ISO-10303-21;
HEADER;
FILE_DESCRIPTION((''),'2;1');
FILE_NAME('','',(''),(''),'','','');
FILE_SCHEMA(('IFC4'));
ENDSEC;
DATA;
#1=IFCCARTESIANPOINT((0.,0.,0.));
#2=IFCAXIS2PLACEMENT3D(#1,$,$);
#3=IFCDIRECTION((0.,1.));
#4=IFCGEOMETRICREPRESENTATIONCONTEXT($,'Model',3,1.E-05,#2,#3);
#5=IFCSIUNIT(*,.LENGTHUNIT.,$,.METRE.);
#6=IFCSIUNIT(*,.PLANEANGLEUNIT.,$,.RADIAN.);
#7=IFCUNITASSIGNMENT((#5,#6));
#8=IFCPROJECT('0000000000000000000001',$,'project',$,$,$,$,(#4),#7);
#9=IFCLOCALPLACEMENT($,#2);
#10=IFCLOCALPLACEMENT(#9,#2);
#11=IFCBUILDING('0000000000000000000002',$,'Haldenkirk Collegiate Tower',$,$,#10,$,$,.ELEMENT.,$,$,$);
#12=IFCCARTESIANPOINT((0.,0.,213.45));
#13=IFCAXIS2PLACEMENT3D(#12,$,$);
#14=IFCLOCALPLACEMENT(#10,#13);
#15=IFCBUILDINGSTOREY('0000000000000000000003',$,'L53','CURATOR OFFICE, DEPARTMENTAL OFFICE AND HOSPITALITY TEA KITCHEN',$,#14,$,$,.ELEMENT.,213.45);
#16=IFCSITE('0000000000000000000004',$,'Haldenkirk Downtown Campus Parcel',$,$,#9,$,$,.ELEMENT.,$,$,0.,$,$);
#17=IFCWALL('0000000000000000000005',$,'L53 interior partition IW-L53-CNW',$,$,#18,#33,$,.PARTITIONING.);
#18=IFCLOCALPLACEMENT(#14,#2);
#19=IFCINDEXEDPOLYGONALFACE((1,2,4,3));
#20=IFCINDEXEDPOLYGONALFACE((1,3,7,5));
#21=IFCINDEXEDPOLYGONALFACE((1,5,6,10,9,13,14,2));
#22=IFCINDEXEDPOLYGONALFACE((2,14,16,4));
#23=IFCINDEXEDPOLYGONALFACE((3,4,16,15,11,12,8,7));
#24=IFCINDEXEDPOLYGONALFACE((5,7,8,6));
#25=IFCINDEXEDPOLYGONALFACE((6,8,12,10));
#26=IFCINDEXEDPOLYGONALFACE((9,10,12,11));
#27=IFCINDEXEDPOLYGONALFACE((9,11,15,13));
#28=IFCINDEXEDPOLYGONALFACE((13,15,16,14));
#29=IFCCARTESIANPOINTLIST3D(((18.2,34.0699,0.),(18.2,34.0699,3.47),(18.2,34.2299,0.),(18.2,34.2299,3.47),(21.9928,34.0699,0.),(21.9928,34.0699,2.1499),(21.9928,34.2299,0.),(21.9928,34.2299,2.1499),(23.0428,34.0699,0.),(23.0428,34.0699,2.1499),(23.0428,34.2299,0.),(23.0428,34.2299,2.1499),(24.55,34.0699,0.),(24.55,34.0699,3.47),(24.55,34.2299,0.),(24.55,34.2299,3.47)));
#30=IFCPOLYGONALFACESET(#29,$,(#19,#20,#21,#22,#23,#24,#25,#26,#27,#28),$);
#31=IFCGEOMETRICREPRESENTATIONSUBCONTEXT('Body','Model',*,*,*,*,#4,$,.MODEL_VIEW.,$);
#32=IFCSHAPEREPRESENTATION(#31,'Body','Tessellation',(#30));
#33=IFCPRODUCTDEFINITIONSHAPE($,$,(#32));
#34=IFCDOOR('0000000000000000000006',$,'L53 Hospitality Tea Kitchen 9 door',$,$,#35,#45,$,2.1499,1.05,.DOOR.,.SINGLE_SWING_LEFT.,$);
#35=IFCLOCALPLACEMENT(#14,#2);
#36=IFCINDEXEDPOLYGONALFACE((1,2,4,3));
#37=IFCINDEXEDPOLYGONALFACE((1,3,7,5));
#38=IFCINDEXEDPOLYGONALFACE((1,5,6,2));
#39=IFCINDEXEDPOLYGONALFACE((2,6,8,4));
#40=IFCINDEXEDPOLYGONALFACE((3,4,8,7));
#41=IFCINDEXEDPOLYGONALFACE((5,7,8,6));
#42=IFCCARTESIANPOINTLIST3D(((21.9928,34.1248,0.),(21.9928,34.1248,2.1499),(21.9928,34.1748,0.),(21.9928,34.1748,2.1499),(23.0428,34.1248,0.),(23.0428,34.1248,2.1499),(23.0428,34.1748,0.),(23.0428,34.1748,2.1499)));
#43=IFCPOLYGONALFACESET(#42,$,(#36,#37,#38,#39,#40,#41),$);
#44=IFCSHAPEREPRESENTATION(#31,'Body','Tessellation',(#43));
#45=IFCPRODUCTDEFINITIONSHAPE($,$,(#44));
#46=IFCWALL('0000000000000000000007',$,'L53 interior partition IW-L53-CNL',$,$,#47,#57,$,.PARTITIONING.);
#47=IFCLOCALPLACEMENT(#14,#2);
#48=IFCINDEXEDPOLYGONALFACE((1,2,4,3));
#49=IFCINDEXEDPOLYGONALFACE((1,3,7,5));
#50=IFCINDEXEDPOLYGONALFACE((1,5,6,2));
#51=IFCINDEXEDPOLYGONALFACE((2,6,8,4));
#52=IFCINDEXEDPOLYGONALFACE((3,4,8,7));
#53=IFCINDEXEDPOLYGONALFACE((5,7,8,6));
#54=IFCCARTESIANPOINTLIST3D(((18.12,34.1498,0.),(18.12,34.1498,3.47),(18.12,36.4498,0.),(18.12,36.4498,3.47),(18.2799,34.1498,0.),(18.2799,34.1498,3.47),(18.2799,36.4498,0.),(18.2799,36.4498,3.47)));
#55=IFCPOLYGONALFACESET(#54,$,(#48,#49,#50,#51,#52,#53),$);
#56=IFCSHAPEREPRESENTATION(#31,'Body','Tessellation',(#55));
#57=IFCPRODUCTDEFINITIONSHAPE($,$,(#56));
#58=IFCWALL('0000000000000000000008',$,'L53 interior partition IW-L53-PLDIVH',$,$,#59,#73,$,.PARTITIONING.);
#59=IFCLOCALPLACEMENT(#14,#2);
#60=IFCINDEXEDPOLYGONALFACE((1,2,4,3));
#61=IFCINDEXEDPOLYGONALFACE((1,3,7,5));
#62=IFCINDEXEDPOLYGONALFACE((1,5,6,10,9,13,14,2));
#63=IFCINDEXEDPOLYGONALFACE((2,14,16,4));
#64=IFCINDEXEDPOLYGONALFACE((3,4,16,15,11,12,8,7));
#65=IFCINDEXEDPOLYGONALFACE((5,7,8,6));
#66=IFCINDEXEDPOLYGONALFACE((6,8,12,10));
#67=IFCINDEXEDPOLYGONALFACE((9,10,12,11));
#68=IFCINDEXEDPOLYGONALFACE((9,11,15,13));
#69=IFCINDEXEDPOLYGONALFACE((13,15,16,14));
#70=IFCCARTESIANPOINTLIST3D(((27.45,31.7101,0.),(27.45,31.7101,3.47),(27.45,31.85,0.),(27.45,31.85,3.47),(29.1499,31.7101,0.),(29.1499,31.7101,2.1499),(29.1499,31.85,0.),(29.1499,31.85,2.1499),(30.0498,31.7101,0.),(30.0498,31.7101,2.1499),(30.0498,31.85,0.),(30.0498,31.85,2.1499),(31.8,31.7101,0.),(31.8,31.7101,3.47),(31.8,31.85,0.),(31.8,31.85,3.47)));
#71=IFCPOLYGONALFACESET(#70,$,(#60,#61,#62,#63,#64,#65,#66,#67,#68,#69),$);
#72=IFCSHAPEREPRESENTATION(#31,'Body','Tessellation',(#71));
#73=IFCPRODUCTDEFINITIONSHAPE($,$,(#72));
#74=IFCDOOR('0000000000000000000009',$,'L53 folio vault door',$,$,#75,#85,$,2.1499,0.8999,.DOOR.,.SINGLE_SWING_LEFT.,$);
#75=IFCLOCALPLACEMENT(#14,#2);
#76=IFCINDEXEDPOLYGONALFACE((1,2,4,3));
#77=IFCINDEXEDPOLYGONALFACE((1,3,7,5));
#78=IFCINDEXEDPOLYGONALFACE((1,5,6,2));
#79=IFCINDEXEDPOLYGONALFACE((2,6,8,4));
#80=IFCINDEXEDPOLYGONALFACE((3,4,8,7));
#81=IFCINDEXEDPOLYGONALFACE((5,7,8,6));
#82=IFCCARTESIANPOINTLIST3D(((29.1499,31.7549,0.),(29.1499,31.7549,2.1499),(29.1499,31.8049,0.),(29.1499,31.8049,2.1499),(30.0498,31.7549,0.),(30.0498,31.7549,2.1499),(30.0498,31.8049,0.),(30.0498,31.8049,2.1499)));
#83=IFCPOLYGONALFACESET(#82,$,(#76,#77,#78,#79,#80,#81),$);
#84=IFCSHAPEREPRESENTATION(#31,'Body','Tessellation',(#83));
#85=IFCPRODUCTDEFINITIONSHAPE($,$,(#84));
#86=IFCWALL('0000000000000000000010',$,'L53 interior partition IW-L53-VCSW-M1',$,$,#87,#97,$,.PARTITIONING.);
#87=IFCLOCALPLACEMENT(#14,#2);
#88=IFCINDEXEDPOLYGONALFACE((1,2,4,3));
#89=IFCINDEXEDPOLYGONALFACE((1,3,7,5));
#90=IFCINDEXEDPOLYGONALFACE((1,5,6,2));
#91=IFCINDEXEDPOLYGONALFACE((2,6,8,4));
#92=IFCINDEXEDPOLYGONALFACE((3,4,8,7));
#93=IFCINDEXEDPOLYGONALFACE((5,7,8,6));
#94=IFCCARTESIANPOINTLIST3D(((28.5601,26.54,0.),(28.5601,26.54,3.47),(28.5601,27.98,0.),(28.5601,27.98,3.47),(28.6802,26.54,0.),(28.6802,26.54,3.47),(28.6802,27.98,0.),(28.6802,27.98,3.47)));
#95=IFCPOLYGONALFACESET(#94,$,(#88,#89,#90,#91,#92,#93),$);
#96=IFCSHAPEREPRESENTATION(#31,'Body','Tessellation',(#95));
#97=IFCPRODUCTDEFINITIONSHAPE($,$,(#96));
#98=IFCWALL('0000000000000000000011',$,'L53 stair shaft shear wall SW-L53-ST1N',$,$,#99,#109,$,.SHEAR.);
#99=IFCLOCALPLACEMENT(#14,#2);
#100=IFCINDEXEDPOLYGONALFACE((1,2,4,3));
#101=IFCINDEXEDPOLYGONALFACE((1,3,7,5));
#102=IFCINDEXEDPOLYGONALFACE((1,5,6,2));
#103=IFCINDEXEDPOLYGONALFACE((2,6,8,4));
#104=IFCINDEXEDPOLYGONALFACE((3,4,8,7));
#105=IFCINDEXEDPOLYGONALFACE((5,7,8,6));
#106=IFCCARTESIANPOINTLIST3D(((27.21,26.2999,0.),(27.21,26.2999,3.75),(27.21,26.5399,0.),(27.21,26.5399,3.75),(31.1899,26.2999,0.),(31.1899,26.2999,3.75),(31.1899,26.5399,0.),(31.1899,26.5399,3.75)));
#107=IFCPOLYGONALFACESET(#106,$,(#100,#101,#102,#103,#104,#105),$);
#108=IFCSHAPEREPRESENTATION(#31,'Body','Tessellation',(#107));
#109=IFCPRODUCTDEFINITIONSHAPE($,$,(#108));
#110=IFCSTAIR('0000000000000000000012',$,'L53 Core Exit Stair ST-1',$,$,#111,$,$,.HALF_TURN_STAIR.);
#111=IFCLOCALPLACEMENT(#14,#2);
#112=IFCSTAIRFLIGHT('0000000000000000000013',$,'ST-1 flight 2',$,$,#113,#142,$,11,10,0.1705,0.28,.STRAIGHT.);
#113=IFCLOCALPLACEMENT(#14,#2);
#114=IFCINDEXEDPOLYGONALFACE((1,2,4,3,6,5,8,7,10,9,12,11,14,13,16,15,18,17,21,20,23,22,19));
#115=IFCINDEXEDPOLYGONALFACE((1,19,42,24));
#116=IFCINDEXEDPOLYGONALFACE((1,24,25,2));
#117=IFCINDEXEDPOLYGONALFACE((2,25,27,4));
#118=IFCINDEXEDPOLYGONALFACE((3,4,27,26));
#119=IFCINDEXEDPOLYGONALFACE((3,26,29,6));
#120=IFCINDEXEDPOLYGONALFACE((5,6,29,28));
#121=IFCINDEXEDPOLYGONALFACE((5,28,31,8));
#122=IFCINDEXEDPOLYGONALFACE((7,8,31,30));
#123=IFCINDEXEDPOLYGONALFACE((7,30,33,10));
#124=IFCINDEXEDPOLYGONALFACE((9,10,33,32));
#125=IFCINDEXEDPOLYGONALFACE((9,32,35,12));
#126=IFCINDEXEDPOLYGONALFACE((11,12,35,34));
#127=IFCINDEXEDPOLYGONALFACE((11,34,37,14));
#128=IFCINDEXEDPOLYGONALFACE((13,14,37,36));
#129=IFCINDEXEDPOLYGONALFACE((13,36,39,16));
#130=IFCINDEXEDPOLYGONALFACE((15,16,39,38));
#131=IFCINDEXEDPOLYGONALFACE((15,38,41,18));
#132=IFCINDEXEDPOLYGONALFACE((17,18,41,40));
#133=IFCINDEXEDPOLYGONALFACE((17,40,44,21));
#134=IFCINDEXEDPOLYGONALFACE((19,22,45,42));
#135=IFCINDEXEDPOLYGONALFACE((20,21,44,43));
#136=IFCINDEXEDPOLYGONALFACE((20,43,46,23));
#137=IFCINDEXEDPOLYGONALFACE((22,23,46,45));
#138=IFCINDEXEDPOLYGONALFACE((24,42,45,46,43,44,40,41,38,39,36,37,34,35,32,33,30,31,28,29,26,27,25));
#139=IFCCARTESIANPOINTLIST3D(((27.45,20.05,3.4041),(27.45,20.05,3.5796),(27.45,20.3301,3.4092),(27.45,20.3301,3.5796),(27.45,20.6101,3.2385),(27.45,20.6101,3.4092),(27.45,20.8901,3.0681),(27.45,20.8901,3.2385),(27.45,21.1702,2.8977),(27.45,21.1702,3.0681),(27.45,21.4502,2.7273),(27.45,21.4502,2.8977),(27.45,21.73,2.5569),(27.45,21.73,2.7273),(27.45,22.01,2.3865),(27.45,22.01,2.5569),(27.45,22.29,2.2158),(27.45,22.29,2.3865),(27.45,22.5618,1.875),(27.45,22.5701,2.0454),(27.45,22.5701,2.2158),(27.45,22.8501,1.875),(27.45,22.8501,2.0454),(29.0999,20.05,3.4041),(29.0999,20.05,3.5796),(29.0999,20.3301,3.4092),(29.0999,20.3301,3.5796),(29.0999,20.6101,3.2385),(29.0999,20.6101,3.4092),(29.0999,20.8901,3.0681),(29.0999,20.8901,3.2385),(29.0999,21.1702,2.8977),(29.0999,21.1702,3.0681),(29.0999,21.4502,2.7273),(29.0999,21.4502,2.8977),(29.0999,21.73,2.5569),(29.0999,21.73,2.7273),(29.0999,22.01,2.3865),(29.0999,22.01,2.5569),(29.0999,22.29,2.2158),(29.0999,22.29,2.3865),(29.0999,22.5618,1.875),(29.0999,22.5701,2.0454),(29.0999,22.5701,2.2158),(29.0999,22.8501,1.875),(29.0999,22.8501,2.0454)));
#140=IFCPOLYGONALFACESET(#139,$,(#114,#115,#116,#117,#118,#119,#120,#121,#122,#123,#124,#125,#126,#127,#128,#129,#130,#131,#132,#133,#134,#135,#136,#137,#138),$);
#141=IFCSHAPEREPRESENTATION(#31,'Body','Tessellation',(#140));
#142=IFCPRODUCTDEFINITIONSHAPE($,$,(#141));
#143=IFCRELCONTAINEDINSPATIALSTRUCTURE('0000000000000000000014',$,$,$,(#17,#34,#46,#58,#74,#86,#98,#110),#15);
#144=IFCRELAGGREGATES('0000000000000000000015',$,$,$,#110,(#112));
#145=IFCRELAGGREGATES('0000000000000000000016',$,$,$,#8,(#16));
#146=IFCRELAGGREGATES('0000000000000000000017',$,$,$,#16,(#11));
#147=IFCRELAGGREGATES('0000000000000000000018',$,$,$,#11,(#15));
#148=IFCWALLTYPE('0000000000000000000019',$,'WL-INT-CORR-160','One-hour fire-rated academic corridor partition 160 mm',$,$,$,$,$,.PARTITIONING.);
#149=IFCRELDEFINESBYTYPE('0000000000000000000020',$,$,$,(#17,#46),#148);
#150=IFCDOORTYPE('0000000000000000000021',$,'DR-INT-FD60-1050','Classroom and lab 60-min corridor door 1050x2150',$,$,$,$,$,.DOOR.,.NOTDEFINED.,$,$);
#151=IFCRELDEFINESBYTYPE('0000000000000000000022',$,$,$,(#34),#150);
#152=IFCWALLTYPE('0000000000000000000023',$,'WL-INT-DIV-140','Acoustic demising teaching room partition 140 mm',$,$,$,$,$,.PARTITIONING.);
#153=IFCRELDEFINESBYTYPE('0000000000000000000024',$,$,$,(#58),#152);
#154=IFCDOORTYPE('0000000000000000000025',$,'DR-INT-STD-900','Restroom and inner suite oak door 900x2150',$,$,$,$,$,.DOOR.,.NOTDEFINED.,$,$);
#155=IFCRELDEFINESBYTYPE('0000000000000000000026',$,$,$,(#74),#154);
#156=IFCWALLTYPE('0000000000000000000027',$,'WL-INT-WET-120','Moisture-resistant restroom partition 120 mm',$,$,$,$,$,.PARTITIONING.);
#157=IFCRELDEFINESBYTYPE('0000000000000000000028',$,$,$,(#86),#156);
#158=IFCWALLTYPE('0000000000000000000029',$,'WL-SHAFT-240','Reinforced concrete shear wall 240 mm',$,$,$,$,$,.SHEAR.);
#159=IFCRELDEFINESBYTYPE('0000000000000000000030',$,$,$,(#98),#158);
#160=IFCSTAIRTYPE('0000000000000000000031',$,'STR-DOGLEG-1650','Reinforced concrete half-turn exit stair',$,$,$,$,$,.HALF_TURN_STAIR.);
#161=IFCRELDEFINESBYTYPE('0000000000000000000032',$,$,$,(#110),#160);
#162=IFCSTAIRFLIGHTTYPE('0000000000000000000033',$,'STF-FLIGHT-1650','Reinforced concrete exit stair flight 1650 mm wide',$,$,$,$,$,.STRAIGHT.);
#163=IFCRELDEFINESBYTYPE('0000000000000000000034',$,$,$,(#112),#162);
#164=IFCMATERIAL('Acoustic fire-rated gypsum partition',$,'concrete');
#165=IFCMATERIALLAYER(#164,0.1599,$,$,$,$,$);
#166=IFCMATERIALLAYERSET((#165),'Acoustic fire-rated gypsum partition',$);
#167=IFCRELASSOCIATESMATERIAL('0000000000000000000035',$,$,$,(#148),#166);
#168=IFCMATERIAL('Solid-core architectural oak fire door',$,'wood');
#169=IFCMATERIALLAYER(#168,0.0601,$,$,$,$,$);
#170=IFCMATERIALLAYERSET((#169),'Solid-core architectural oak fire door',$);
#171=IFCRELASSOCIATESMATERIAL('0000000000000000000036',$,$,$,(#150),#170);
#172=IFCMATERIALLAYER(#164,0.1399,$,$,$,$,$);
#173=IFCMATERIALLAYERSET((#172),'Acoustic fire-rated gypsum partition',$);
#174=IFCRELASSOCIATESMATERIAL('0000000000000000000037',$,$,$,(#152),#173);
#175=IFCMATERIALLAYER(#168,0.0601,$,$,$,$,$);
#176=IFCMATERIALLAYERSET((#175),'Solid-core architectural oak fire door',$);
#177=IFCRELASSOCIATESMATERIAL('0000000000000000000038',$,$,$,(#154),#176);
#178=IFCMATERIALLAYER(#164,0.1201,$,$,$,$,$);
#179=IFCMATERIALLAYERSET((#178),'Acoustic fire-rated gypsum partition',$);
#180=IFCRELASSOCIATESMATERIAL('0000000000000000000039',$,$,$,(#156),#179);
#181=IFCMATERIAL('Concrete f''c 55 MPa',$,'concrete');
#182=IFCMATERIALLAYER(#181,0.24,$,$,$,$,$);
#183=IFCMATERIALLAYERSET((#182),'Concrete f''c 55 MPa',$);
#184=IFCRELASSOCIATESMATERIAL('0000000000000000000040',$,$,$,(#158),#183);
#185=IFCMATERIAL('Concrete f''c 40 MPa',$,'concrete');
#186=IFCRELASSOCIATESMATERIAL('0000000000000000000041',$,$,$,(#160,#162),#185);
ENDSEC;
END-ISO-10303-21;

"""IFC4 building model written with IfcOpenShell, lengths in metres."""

from ifc_helpers import new_model, si_unit, direction, frame, frame_2d, origin, place, context, subcontext, project, spatial, polyline, rectangle, outline, extrude, material, layer, layer_set, type_object, element, fill, aggregate, save


model = new_model("IFC4")

# Units and contexts
model_context = context("Model", 3, precision=1e-05, world=origin(), true_north=direction((0.0, 1.0)))
body_context = subcontext(model_context, "Body", "Model", "MODEL_VIEW")
ifc_project = project(units=[si_unit("LENGTHUNIT", "METRE"), si_unit("PLANEANGLEUNIT", "RADIAN")], contexts=[model_context])

# Site, building, storey
site_placement = place(None, origin())
site = spatial("IfcSite", under=ifc_project, at=site_placement, Name="Haldenkirk Downtown Campus Parcel", CompositionType="ELEMENT", RefElevation=0.0)
building_placement = place(site_placement, origin())
building = spatial("IfcBuilding", under=site, at=building_placement, Name="Haldenkirk Collegiate Tower", CompositionType="ELEMENT")
storey_placement = place(building_placement, frame((0.0, 0.0, 213.45)))
storey = spatial("IfcBuildingStorey", under=building, at=storey_placement, Name="L53", Description="CURATOR OFFICE, DEPARTMENTAL OFFICE AND HOSPITALITY TEA KITCHEN", CompositionType="ELEMENT", Elevation=213.45)

# Shared definitions
ifc_material_1 = material(Name="Concrete f'c 55 MPa", Category="concrete")
ifc_material_2 = material(Name="Acoustic fire-rated gypsum partition", Category="concrete")
ifc_layer_1 = layer(ifc_material_2, 0.1599)
ifc_layer_set_1 = layer_set([ifc_layer_1], Name="Acoustic fire-rated gypsum partition")
wall_type_1 = type_object("IfcWallType", Name="WL-INT-CORR-160", Description="One-hour fire-rated academic corridor partition 160 mm", PredefinedType="PARTITIONING", material=ifc_layer_set_1)
ifc_material_3 = material(Name="Solid-core architectural oak fire door", Category="wood")

# Wall, opening, door
wall_1_placement = place(storey_placement, frame((18.2, 34.1499, 0.0), z_axis=(0.0, 0.0, 1.0), x_axis=(1.0, 0.0, 0.0)))
wall_1 = element("IfcWall", 1, at=wall_1_placement, inside=storey, type_object=wall_type_1, Name="L53 interior partition IW-L53-CNW", PredefinedType="PARTITIONING", context=body_context, shape_type="SweptSolid", body=[
    extrude(rectangle(XDim=6.3501, YDim=0.1599, at=frame_2d((3.175, 0.0))), origin(), (0.0, 0.0, 1.0), 3.47),
])
opening_1_placement = place(wall_1_placement, frame((3.793, 0.0, 0.0)))
opening_1 = element("IfcOpeningElement", 2, at=opening_1_placement, cuts=wall_1, PredefinedType="OPENING", context=body_context, shape_type="SweptSolid", body=[
    extrude(rectangle(XDim=1.05, YDim=2.1499, at=frame_2d((0.5249, 1.075))), frame((0.0, 0.0898, 0.0), z_axis=(0.0, -1.0, 0.0), x_axis=(1.0, 0.0, 0.0)), (0.0, 0.0, 1.0), 0.1799),
])
ifc_layer_2 = layer(ifc_material_3, 0.0601)
ifc_layer_set_2 = layer_set([ifc_layer_2], Name="Solid-core architectural oak fire door")
door_type_1 = type_object("IfcDoorType", Name="DR-INT-FD60-1050", Description="Classroom and lab 60-min corridor door 1050x2150", OperationType="NOTDEFINED", PredefinedType="DOOR", material=ifc_layer_set_2)
door_1_placement = place(opening_1_placement, origin())
door_1 = element("IfcDoor", 3, at=door_1_placement, inside=storey, type_object=door_type_1, Name="L53 Hospitality Tea Kitchen 9 door", OperationType="SINGLE_SWING_LEFT", OverallHeight=2.1499, OverallWidth=1.05, PredefinedType="DOOR", context=body_context, shape_type="SweptSolid", body=[
    extrude(rectangle(XDim=1.05, YDim=2.1499, at=frame_2d((0.5249, 1.075))), frame((0.0, 0.0249, 0.0), z_axis=(0.0, -1.0, 0.0), x_axis=(1.0, 0.0, 0.0)), (0.0, 0.0, 1.0), 0.05),
])
fill(opening_1, door_1)

# Wall
wall_2_placement = place(storey_placement, frame((18.2, 34.1499, 0.0), z_axis=(0.0, 0.0, 1.0), x_axis=(0.0, 1.0, 0.0)))
element("IfcWall", 4, at=wall_2_placement, inside=storey, type_object=wall_type_1, Name="L53 interior partition IW-L53-CNL", PredefinedType="PARTITIONING", context=body_context, shape_type="SweptSolid", body=[
    extrude(rectangle(XDim=2.3, YDim=0.1599, at=frame_2d((1.1499, 0.0))), origin(), (0.0, 0.0, 1.0), 3.47),
])

# Wall, opening, door
ifc_layer_3 = layer(ifc_material_2, 0.1399)
ifc_layer_set_3 = layer_set([ifc_layer_3], Name="Acoustic fire-rated gypsum partition")
wall_type_2 = type_object("IfcWallType", Name="WL-INT-DIV-140", Description="Acoustic demising teaching room partition 140 mm", PredefinedType="PARTITIONING", material=ifc_layer_set_3)
wall_3_placement = place(storey_placement, frame((27.45, 31.78, 0.0), z_axis=(0.0, 0.0, 1.0), x_axis=(1.0, 0.0, 0.0)))
wall_3 = element("IfcWall", 5, at=wall_3_placement, inside=storey, type_object=wall_type_2, Name="L53 interior partition IW-L53-PLDIVH", PredefinedType="PARTITIONING", context=body_context, shape_type="SweptSolid", body=[
    extrude(rectangle(XDim=4.3501, YDim=0.1399, at=frame_2d((2.175, 0.0))), origin(), (0.0, 0.0, 1.0), 3.47),
])
opening_2_placement = place(wall_3_placement, frame((1.7, 0.0, 0.0)))
opening_2 = element("IfcOpeningElement", 6, at=opening_2_placement, cuts=wall_3, PredefinedType="OPENING", context=body_context, shape_type="SweptSolid", body=[
    extrude(rectangle(XDim=0.8999, YDim=2.1499, at=frame_2d((0.45, 1.075))), frame((0.0, 0.0798, 0.0), z_axis=(0.0, -1.0, 0.0), x_axis=(1.0, 0.0, 0.0)), (0.0, 0.0, 1.0), 0.1599),
])
ifc_layer_4 = layer(ifc_material_3, 0.0601)
ifc_layer_set_4 = layer_set([ifc_layer_4], Name="Solid-core architectural oak fire door")
door_type_2 = type_object("IfcDoorType", Name="DR-INT-STD-900", Description="Restroom and inner suite oak door 900x2150", OperationType="NOTDEFINED", PredefinedType="DOOR", material=ifc_layer_set_4)
door_2_placement = place(opening_2_placement, origin())
door_2 = element("IfcDoor", 7, at=door_2_placement, inside=storey, type_object=door_type_2, Name="L53 folio vault door", OperationType="SINGLE_SWING_LEFT", OverallHeight=2.1499, OverallWidth=0.8999, PredefinedType="DOOR", context=body_context, shape_type="SweptSolid", body=[
    extrude(rectangle(XDim=0.8999, YDim=2.1499, at=frame_2d((0.45, 1.075))), frame((0.0, 0.0249, 0.0), z_axis=(0.0, -1.0, 0.0), x_axis=(1.0, 0.0, 0.0)), (0.0, 0.0, 1.0), 0.05),
])
fill(opening_2, door_2)

# Walls
ifc_layer_5 = layer(ifc_material_2, 0.1201)
ifc_layer_set_5 = layer_set([ifc_layer_5], Name="Acoustic fire-rated gypsum partition")
wall_type_3 = type_object("IfcWallType", Name="WL-INT-WET-120", Description="Moisture-resistant restroom partition 120 mm", PredefinedType="PARTITIONING", material=ifc_layer_set_5)
wall_4_placement = place(storey_placement, frame((28.6201, 26.54, 0.0), z_axis=(0.0, 0.0, 1.0), x_axis=(0.0, 1.0, 0.0)))
element("IfcWall", 8, at=wall_4_placement, inside=storey, type_object=wall_type_3, Name="L53 interior partition IW-L53-VCSW-M1", PredefinedType="PARTITIONING", context=body_context, shape_type="SweptSolid", body=[
    extrude(rectangle(XDim=1.4399, YDim=0.1201, at=frame_2d((0.72, 0.0))), origin(), (0.0, 0.0, 1.0), 3.47),
])
ifc_layer_6 = layer(ifc_material_1, 0.24)
ifc_layer_set_6 = layer_set([ifc_layer_6], Name="Concrete f'c 55 MPa")
wall_type_4 = type_object("IfcWallType", Name="WL-SHAFT-240", Description="Reinforced concrete shear wall 240 mm", PredefinedType="SHEAR", material=ifc_layer_set_6)
wall_5_placement = place(storey_placement, frame((27.21, 26.4199, 0.0), z_axis=(0.0, 0.0, 1.0), x_axis=(1.0, 0.0, 0.0)))
element("IfcWall", 9, at=wall_5_placement, inside=storey, type_object=wall_type_4, Name="L53 stair shaft shear wall SW-L53-ST1N", PredefinedType="SHEAR", context=body_context, shape_type="SweptSolid", body=[
    extrude(rectangle(XDim=3.98, YDim=0.24, at=frame_2d((1.99, 0.0))), origin(), (0.0, 0.0, 1.0), 3.75),
])

# Stair, stair flight
ifc_material_4 = material(Name="Concrete f'c 40 MPa", Category="concrete")
stair_type = type_object("IfcStairType", Name="STR-DOGLEG-1650", Description="Reinforced concrete half-turn exit stair", PredefinedType="HALF_TURN_STAIR", material=ifc_material_4)
stair_placement = place(storey_placement, origin())
stair = element("IfcStair", 10, at=stair_placement, inside=storey, type_object=stair_type, Name="L53 Core Exit Stair ST-1", PredefinedType="HALF_TURN_STAIR")
stair_flight_type = type_object("IfcStairFlightType", Name="STF-FLIGHT-1650", Description="Reinforced concrete exit stair flight 1650 mm wide", PredefinedType="STRAIGHT", material=ifc_material_4)
stair_flight_placement = place(storey_placement, frame((28.2749, 22.8501, 1.875), z_axis=(0.0, 0.0, 1.0), x_axis=(0.0, -1.0, 0.0)))
stair_flight = element("IfcStairFlight", 11, at=stair_flight_placement, type_object=stair_flight_type, Name="ST-1 flight 2", NumberOfRisers=11, NumberOfTreads=10, PredefinedType="STRAIGHT", RiserHeight=0.1705, TreadLength=0.28, context=body_context, shape_type="SweptSolid", body=[
    extrude(outline(polyline([(0.0, 0.0), (0.0, 0.1704), (0.28, 0.1704), (0.28, 0.3408), (0.5601, 0.3408), (0.5601, 0.5115), (0.8401, 0.5115), (0.8401, 0.6819), (1.1201, 0.6819), (1.1201, 0.8523), (1.3999, 0.8523), (1.3999, 1.0227), (1.6799, 1.0227), (1.6799, 1.1931), (1.96, 1.1931), (1.96, 1.3635), (2.24, 1.3635), (2.24, 1.5342), (2.52, 1.5342), (2.52, 1.7046), (2.8, 1.7046), (2.8, 1.875), (2.8, 1.5291), (0.2883, 0.0), (0.0, 0.0)])), frame((0.0, 0.825, 0.0), z_axis=(0.0, -1.0, 0.0), x_axis=(1.0, 0.0, 0.0)), (0.0, 0.0, 1.0), 1.6499),
])
aggregate(stair, [stair_flight])

save(model, "model.ifc")
